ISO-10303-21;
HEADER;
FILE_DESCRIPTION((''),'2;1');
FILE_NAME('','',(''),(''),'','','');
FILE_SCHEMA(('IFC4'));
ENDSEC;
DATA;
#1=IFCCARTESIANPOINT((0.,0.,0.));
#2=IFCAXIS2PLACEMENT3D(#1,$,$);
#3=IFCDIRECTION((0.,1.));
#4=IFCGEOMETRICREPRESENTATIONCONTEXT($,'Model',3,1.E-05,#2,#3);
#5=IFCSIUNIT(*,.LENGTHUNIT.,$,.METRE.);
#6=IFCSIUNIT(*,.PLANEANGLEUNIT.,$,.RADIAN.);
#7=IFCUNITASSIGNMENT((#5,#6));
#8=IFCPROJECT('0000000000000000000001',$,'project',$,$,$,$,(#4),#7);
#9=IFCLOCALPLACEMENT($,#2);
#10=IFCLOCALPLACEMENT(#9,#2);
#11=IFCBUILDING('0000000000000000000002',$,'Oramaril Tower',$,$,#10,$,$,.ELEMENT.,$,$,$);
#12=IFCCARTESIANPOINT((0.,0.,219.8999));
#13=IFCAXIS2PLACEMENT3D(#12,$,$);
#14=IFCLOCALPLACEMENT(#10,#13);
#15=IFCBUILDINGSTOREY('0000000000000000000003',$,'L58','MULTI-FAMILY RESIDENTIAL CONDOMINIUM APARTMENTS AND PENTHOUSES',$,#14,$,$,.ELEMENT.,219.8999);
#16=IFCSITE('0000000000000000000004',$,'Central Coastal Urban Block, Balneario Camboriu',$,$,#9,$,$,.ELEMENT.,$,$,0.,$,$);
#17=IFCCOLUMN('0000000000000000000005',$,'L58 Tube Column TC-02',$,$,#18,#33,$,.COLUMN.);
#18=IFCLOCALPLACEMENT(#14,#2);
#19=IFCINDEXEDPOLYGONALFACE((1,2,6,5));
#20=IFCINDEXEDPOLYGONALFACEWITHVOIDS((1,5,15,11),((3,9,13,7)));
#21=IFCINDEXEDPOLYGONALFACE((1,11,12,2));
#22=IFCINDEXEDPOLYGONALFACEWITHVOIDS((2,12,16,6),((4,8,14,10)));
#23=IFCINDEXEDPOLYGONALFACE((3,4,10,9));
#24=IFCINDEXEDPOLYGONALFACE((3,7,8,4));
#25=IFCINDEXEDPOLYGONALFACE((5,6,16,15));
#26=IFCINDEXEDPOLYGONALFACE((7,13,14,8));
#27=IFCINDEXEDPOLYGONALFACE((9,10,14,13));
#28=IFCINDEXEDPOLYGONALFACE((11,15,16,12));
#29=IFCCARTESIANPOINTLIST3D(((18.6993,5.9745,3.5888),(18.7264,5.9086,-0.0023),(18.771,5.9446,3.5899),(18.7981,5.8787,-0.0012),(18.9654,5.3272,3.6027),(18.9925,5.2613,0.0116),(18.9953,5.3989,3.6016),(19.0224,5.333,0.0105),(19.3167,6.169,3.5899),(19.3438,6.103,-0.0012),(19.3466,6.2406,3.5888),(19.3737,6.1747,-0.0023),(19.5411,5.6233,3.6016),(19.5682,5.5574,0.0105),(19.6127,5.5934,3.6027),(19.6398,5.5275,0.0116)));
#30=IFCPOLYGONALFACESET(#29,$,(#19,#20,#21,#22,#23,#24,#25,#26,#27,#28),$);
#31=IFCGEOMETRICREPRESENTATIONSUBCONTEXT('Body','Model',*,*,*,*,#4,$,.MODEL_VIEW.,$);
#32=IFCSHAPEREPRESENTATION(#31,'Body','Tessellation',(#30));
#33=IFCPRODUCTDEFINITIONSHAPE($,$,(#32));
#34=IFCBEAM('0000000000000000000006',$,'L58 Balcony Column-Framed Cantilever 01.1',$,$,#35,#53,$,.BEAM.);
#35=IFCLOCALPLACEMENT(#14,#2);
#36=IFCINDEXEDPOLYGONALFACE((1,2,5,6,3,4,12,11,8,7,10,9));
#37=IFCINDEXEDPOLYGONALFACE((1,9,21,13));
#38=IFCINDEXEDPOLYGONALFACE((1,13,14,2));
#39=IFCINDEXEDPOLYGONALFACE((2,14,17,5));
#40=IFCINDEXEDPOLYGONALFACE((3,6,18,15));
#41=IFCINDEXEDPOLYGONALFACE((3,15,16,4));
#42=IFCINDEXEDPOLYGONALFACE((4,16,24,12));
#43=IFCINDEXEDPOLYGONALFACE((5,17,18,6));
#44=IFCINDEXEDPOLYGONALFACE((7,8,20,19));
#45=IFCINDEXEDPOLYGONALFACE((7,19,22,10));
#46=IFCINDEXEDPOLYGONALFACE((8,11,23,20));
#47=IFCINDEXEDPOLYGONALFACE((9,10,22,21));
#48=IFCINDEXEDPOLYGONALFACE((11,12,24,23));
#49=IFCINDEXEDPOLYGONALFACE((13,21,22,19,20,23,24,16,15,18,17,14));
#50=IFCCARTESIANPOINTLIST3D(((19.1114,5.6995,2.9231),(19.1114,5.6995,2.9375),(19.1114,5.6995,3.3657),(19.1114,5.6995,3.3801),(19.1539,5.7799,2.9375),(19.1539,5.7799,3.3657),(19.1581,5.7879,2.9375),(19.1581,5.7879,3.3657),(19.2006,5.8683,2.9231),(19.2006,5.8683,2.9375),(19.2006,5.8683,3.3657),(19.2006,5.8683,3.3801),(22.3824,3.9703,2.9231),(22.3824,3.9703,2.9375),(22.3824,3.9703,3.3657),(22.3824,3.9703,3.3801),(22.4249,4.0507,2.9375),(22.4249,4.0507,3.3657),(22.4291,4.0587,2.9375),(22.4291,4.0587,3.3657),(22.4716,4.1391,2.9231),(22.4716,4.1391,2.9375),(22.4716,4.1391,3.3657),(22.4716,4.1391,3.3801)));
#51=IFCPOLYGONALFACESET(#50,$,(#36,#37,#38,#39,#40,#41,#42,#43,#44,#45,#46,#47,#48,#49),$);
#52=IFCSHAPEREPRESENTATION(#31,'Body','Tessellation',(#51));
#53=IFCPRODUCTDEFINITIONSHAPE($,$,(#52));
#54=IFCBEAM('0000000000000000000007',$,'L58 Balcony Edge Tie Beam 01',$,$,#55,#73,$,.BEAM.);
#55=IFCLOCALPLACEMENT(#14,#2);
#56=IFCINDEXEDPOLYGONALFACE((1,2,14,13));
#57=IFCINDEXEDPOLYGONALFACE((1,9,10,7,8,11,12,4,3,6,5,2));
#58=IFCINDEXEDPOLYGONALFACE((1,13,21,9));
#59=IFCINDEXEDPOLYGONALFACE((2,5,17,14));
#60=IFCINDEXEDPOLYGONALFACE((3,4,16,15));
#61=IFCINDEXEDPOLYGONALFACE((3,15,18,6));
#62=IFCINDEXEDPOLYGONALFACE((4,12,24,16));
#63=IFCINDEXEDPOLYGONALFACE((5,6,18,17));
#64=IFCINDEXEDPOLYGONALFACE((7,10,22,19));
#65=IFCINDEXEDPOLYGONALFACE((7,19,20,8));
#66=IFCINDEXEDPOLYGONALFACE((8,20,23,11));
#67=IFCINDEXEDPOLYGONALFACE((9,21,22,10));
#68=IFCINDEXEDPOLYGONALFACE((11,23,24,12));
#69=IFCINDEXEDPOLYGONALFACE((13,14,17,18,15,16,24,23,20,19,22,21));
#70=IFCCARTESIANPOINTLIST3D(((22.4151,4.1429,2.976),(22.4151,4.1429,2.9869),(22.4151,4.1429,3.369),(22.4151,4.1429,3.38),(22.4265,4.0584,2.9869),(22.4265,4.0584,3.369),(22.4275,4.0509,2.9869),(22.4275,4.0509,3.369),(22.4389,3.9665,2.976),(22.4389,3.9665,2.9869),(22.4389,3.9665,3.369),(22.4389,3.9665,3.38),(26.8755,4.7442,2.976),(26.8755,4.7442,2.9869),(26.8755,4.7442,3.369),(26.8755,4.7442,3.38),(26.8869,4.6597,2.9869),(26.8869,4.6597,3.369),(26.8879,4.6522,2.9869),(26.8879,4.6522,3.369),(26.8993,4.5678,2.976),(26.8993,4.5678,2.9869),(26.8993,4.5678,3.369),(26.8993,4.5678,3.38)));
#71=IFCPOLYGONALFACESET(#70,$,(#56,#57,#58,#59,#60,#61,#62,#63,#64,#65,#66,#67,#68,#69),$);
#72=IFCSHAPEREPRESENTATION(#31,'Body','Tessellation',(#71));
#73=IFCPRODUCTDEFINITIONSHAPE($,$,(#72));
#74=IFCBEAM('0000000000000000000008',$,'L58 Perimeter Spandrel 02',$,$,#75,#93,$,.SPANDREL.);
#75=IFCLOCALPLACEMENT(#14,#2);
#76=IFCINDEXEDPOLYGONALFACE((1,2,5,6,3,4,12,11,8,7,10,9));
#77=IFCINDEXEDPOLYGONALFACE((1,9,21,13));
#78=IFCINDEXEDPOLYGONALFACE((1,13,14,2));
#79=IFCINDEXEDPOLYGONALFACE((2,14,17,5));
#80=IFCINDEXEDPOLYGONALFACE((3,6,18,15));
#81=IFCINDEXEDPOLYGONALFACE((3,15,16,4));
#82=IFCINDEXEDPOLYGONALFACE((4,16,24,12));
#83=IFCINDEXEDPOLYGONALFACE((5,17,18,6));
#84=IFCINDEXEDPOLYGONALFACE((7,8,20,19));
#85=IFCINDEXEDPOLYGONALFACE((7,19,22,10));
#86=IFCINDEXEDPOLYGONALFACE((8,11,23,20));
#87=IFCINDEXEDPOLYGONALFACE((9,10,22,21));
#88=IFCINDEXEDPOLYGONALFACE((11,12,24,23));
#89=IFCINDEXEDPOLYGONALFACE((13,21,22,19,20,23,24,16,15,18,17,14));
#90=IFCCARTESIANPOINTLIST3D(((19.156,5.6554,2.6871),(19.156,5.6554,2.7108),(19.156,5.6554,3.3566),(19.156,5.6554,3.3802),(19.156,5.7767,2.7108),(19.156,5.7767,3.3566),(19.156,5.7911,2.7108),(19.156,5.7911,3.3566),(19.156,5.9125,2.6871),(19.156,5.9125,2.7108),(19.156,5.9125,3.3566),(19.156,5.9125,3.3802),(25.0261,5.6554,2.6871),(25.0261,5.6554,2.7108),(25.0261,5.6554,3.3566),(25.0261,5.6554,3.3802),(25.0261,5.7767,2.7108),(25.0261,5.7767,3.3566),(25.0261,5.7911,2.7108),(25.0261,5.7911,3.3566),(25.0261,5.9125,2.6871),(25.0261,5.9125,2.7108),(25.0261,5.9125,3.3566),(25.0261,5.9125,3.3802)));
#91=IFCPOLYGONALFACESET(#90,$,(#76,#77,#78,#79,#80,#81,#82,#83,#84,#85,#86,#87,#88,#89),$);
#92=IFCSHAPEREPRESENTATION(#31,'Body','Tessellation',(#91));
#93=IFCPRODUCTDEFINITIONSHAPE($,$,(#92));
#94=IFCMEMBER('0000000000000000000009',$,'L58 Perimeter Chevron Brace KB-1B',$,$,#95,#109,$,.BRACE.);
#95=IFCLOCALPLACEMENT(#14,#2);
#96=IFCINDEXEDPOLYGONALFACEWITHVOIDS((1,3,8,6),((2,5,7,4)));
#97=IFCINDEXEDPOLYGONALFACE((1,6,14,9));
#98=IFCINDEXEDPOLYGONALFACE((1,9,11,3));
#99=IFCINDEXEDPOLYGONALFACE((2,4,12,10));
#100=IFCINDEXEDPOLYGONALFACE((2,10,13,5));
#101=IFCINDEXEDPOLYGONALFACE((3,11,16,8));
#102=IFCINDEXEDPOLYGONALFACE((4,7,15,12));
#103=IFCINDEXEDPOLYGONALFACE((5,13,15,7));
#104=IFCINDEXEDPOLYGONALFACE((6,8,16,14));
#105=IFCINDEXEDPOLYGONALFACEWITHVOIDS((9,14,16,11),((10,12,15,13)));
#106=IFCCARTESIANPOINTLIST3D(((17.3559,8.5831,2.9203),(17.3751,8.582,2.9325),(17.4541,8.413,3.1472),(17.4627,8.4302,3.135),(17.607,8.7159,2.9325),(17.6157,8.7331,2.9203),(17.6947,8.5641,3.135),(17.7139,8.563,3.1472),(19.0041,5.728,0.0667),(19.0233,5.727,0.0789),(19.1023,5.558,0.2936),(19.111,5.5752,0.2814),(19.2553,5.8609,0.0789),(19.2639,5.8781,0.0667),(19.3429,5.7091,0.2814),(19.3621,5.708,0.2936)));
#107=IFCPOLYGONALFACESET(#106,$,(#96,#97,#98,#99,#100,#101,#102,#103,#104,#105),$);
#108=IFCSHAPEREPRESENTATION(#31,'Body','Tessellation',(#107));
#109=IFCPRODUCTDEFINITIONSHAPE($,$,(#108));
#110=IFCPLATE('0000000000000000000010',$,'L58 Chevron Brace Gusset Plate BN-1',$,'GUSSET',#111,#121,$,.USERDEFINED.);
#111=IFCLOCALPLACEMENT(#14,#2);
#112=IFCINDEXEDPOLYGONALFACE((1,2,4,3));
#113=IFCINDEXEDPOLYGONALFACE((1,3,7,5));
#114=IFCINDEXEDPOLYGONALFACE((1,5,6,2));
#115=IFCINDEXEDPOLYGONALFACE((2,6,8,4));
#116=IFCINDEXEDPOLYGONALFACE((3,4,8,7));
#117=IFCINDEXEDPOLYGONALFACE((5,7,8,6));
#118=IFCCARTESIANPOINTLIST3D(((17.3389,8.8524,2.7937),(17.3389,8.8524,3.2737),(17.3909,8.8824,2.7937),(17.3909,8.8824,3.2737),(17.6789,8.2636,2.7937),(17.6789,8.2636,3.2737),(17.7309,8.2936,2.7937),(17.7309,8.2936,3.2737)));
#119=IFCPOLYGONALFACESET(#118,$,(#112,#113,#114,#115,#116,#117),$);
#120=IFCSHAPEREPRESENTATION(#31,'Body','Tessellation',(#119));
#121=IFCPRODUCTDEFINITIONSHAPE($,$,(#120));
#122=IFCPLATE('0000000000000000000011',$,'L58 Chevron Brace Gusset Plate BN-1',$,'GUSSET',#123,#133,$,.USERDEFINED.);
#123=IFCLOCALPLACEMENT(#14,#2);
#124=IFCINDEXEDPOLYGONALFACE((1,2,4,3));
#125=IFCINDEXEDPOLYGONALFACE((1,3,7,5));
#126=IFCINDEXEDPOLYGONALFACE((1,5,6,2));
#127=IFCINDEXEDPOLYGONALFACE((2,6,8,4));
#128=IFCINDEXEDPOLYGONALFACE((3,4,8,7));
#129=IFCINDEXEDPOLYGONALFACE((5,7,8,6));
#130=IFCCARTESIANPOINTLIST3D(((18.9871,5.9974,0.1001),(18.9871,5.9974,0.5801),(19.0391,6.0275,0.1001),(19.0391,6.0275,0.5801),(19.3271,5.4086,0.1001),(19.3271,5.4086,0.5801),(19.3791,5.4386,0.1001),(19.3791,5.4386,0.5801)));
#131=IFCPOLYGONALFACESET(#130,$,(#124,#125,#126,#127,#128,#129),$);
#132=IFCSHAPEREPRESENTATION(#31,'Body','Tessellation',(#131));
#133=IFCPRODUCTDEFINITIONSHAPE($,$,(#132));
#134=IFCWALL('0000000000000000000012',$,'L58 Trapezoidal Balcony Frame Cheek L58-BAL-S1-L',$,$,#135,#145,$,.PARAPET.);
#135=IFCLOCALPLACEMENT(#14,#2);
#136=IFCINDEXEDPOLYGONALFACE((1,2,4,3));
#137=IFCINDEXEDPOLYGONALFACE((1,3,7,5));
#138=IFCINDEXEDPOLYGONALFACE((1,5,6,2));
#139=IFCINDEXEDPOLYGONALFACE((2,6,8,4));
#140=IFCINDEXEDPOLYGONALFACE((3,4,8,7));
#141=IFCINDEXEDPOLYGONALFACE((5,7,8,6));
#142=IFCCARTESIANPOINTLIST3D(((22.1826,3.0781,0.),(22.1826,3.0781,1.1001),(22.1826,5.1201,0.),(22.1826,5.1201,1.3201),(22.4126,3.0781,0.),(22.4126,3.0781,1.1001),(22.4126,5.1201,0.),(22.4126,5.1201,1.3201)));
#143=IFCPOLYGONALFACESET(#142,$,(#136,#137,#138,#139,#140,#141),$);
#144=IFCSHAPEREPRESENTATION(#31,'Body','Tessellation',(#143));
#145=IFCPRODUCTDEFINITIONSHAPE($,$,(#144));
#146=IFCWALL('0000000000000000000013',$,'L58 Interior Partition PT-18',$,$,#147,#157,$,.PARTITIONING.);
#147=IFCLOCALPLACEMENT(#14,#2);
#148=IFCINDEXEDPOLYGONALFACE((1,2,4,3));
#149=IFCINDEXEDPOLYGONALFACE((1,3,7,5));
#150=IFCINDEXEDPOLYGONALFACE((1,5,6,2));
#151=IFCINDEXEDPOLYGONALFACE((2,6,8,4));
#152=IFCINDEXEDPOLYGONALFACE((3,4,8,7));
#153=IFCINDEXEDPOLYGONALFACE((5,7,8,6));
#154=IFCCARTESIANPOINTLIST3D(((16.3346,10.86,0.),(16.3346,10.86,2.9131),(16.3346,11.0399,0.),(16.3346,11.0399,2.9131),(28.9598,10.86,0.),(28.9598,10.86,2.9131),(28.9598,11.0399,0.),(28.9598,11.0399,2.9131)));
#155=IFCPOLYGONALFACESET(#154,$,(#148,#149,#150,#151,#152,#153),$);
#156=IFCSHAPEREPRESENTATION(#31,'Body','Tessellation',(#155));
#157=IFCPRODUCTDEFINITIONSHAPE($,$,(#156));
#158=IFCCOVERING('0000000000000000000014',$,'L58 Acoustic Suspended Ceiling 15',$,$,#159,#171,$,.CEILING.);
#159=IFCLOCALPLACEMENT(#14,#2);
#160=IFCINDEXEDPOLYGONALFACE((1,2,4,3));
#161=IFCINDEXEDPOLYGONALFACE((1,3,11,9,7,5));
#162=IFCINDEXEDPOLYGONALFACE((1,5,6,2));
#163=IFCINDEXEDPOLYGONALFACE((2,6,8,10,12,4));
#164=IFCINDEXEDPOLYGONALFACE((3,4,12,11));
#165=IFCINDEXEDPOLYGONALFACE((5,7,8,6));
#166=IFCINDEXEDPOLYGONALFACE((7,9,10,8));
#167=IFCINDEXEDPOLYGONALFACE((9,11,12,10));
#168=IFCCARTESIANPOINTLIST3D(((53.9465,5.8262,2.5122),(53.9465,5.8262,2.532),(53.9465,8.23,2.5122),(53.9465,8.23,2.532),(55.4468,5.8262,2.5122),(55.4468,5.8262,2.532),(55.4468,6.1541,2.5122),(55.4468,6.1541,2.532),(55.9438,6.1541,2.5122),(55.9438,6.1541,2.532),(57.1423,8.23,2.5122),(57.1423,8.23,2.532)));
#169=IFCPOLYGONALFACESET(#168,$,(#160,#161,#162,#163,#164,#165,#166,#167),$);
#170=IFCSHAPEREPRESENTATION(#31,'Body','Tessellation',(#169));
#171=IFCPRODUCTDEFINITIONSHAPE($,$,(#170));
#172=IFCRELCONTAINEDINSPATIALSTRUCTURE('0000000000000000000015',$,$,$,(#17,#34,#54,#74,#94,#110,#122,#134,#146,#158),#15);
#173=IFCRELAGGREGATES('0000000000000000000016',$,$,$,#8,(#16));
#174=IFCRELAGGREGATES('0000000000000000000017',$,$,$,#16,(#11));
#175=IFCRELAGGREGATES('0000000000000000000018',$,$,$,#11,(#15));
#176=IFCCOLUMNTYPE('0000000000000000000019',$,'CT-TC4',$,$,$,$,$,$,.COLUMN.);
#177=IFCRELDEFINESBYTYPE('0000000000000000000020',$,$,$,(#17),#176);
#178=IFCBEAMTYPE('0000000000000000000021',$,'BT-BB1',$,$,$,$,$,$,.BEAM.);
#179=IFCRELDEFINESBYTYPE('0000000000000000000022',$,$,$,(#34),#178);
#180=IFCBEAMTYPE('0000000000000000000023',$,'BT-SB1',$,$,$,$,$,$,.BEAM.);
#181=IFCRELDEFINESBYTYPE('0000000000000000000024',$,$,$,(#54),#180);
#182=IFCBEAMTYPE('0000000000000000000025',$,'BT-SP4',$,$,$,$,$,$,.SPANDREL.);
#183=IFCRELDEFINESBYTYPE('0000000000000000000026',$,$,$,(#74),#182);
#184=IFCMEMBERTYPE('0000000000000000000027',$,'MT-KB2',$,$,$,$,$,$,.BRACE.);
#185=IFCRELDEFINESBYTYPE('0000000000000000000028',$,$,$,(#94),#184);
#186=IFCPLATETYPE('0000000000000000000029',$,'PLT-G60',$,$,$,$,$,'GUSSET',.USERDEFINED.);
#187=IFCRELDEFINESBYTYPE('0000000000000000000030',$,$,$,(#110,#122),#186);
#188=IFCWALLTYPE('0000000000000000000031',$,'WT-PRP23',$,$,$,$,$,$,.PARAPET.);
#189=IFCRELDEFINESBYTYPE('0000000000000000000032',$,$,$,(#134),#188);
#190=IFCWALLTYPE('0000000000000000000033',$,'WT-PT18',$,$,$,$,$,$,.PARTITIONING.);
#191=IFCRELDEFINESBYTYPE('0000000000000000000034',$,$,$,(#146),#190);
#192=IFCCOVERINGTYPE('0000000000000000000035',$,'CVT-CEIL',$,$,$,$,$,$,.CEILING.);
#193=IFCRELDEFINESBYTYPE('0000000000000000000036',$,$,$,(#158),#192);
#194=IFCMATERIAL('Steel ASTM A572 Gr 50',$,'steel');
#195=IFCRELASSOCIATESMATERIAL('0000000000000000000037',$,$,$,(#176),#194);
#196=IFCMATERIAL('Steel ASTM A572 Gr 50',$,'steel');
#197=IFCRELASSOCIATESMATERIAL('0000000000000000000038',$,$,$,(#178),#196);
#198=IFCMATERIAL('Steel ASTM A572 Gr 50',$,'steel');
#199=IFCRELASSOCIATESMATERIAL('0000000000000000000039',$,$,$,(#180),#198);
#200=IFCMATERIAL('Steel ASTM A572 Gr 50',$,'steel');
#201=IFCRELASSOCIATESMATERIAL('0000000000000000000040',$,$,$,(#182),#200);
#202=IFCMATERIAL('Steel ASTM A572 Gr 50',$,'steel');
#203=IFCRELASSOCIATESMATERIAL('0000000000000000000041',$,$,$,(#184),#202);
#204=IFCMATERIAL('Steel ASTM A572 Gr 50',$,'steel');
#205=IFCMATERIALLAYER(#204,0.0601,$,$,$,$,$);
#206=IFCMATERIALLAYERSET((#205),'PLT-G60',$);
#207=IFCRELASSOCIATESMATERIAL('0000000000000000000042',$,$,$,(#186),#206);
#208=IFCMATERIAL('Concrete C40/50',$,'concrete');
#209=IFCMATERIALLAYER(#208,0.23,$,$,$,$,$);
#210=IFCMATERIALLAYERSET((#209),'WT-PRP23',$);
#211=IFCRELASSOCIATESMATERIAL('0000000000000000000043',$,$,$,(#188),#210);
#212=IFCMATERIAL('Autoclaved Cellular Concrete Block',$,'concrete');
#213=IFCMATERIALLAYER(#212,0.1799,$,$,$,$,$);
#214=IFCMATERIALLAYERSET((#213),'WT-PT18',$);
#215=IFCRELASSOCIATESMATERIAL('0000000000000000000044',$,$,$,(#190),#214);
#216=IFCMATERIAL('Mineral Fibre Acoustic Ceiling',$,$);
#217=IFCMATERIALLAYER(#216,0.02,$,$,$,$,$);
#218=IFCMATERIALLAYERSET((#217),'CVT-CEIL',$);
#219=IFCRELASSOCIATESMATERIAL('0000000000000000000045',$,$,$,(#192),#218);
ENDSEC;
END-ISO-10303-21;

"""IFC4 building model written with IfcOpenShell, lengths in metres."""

from ifc_helpers import new_model, si_unit, direction, frame, frame_2d, origin, origin_2d, place, context, subcontext, project, spatial, polyline, rectangle, hollow_rectangle, i_section, outline, extrude, material, layer, layer_set, material_profile, profile_set, type_object, element, save


model = new_model("IFC4")

# Units and contexts
model_context = context("Model", 3, precision=1e-05, world=origin(), true_north=direction((0.0, 1.0)))
body_context = subcontext(model_context, "Body", "Model", "MODEL_VIEW")
ifc_project = project(units=[si_unit("LENGTHUNIT", "METRE"), si_unit("PLANEANGLEUNIT", "RADIAN")], contexts=[model_context])

# Site, building, storey
site_placement = place(None, origin())
site = spatial("IfcSite", under=ifc_project, at=site_placement, Name="Central Coastal Urban Block, Balneario Camboriu", CompositionType="ELEMENT", RefElevation=0.0)
building_placement = place(site_placement, origin())
building = spatial("IfcBuilding", under=site, at=building_placement, Name="Oramaril Tower", CompositionType="ELEMENT")
storey_placement = place(building_placement, frame((0.0, 0.0, 219.8999)))
storey = spatial("IfcBuildingStorey", under=building, at=storey_placement, Name="L58", Description="MULTI-FAMILY RESIDENTIAL CONDOMINIUM APARTMENTS AND PENTHOUSES", CompositionType="ELEMENT", Elevation=219.8999)

# Column
ifc_material_1 = material(Name="Steel ASTM A572 Gr 50", Category="steel")
ifc_material_profile_1 = material_profile(ifc_material_1, hollow_rectangle(XDim=0.7, YDim=0.7, WallThickness=0.0549, at=origin_2d()), Name="BOX700X700X55")
ifc_profile_set_1 = profile_set([ifc_material_profile_1], Name="Steel ASTM A572 Gr 50")
column_type = type_object("IfcColumnType", Name="CT-TC4", PredefinedType="COLUMN", material=ifc_profile_set_1)
column_placement = place(storey_placement, frame((19.1831, 5.718, 0.0046), z_axis=(-0.007545, 0.018352, 0.999803), x_axis=(-0.924891, -0.380233, 0.0)))
element("IfcColumn", 1, at=column_placement, inside=storey, type_object=column_type, Name="L58 Tube Column TC-02", PredefinedType="COLUMN", context=body_context, shape_type="SweptSolid", body=[
    extrude(hollow_rectangle(XDim=0.7, YDim=0.7, WallThickness=0.0549, at=origin_2d()), origin(), (0.0, 0.0, 1.0), 3.5918),
])

# Beams
ifc_material_2 = material(Name="Steel ASTM A572 Gr 50", Category="steel")
ifc_material_profile_2 = material_profile(ifc_material_2, i_section(OverallWidth=0.1909, OverallDepth=0.457, WebThickness=0.009, FlangeThickness=0.0144, at=origin_2d()), Name="W18X50")
ifc_profile_set_2 = profile_set([ifc_material_profile_2], Name="Steel ASTM A572 Gr 50")
beam_type_1 = type_object("IfcBeamType", Name="BT-BB1", PredefinedType="BEAM", material=ifc_profile_set_2)
beam_1_placement = place(storey_placement, frame((19.156, 5.7839, 3.1516), z_axis=(0.884062, -0.467369, 0.0), x_axis=(0.467369, 0.884062, 0.0)))
element("IfcBeam", 2, at=beam_1_placement, inside=storey, type_object=beam_type_1, Name="L58 Balcony Column-Framed Cantilever 01.1", PredefinedType="BEAM", context=body_context, shape_type="SweptSolid", body=[
    extrude(i_section(OverallWidth=0.1909, OverallDepth=0.457, WebThickness=0.009, FlangeThickness=0.0144, at=origin_2d()), origin(), (0.0, 0.0, 1.0), 3.7),
])
ifc_material_3 = material(Name="Steel ASTM A572 Gr 50", Category="steel")
ifc_material_profile_3 = material_profile(ifc_material_3, i_section(OverallWidth=0.178, OverallDepth=0.4041, WebThickness=0.0076, FlangeThickness=0.011, at=origin_2d()), Name="W16X36")
ifc_profile_set_3 = profile_set([ifc_material_profile_3], Name="Steel ASTM A572 Gr 50")
beam_type_2 = type_object("IfcBeamType", Name="BT-SB1", PredefinedType="BEAM", material=ifc_profile_set_3)
beam_2_placement = place(storey_placement, frame((22.427, 4.0547, 3.178), z_axis=(0.991035, 0.133603, 0.0), x_axis=(-0.133603, 0.991035, 0.0)))
element("IfcBeam", 3, at=beam_2_placement, inside=storey, type_object=beam_type_2, Name="L58 Balcony Edge Tie Beam 01", PredefinedType="BEAM", context=body_context, shape_type="SweptSolid", body=[
    extrude(i_section(OverallWidth=0.178, OverallDepth=0.4041, WebThickness=0.0076, FlangeThickness=0.011, at=origin_2d()), origin(), (0.0, 0.0, 1.0), 4.5007),
])
ifc_material_4 = material(Name="Steel ASTM A572 Gr 50", Category="steel")
ifc_material_profile_4 = material_profile(ifc_material_4, i_section(OverallWidth=0.2571, OverallDepth=0.6931, WebThickness=0.0144, FlangeThickness=0.0237, at=origin_2d()), Name="W27X114")
ifc_profile_set_4 = profile_set([ifc_material_profile_4], Name="Steel ASTM A572 Gr 50")
beam_type_3 = type_object("IfcBeamType", Name="BT-SP4", PredefinedType="SPANDREL", material=ifc_profile_set_4)
beam_3_placement = place(storey_placement, frame((19.156, 5.7839, 3.0337), z_axis=(1.0, 0.0, 0.0), x_axis=(0.0, 1.0, 0.0)))
element("IfcBeam", 4, at=beam_3_placement, inside=storey, type_object=beam_type_3, Name="L58 Perimeter Spandrel 02", PredefinedType="SPANDREL", context=body_context, shape_type="SweptSolid", body=[
    extrude(i_section(OverallWidth=0.2571, OverallDepth=0.6931, WebThickness=0.0144, FlangeThickness=0.0237, at=origin_2d()), origin(), (0.0, 0.0, 1.0), 5.8701),
])

# Member
ifc_material_5 = material(Name="Steel ASTM A572 Gr 50", Category="steel")
ifc_material_profile_5 = material_profile(ifc_material_5, hollow_rectangle(XDim=0.3, YDim=0.3, WallThickness=0.0161, at=origin_2d()), Name="HSS300X300X16")
ifc_profile_set_5 = profile_set([ifc_material_profile_5], Name="Steel ASTM A572 Gr 50")
member_type = type_object("IfcMemberType", Name="MT-KB2", PredefinedType="BRACE", material=ifc_profile_set_5)
member_placement = place(storey_placement, frame((19.1831, 5.718, 0.1802), z_axis=(-0.378022, 0.654805, 0.654469), x_axis=(-0.866043, -0.49997, 0.0)))
element("IfcMember", 5, at=member_placement, inside=storey, type_object=member_type, Name="L58 Perimeter Chevron Brace KB-1B", PredefinedType="BRACE", context=body_context, shape_type="SweptSolid", body=[
    extrude(hollow_rectangle(XDim=0.3, YDim=0.3, WallThickness=0.0161, at=origin_2d()), origin(), (0.0, 0.0, 1.0), 4.3601),
])

# Plates
ifc_material_6 = material(Name="Steel ASTM A572 Gr 50", Category="steel")
ifc_layer_1 = layer(ifc_material_6, 0.0601)
ifc_layer_set_1 = layer_set([ifc_layer_1], Name="PLT-G60")
plate_type = type_object("IfcPlateType", Name="PLT-G60", ElementType="GUSSET", PredefinedType="USERDEFINED", material=ifc_layer_set_1)
for number, where, z_axis, x_axis, name in (
    (6, (17.5349, 8.573, 2.7937), (0.0, 0.0, 1.0), (0.499992, -0.86603, 0.0), "L58 Chevron Brace Gusset Plate BN-1"),
    (7, (19.1831, 5.718, 0.1001), (0.0, 0.0, 1.0), (0.499992, -0.86603, 0.0), "L58 Chevron Brace Gusset Plate BN-1"),
):
    element("IfcPlate", number, at=place(storey_placement, frame(where, z_axis=z_axis, x_axis=x_axis)), inside=storey, type_object=plate_type, Name=name, ObjectType="GUSSET", PredefinedType="USERDEFINED", context=body_context, shape_type="SweptSolid", body=[
        extrude(rectangle(XDim=0.6799, YDim=0.0601, at=origin_2d()), origin(), (0.0, 0.0, 1.0), 0.48),
    ])

# Walls
ifc_material_7 = material(Name="Concrete C40/50", Category="concrete")
ifc_layer_2 = layer(ifc_material_7, 0.23)
ifc_layer_set_2 = layer_set([ifc_layer_2], Name="WT-PRP23")
wall_type_1 = type_object("IfcWallType", Name="WT-PRP23", PredefinedType="PARAPET", material=ifc_layer_set_2)
wall_1_placement = place(storey_placement, frame((22.2976, 5.1201, 0.0), z_axis=(0.0, 0.0, 1.0), x_axis=(0.0, -1.0, 0.0)))
element("IfcWall", 8, at=wall_1_placement, inside=storey, type_object=wall_type_1, Name="L58 Trapezoidal Balcony Frame Cheek L58-BAL-S1-L", PredefinedType="PARAPET", context=body_context, shape_type="SweptSolid", body=[
    extrude(outline(polyline([(0.0, 0.0), (2.042, 0.0), (2.042, 1.1001), (0.0, 1.3201), (0.0, 0.0)])), frame((0.0, 0.115, 0.0), z_axis=(0.0, -1.0, 0.0), x_axis=(1.0, 0.0, 0.0)), (0.0, 0.0, 1.0), 0.23),
])
ifc_material_8 = material(Name="Autoclaved Cellular Concrete Block", Category="concrete")
ifc_layer_3 = layer(ifc_material_8, 0.1799)
ifc_layer_set_3 = layer_set([ifc_layer_3], Name="WT-PT18")
wall_type_2 = type_object("IfcWallType", Name="WT-PT18", PredefinedType="PARTITIONING", material=ifc_layer_set_3)
wall_2_placement = place(storey_placement, frame((16.3347, 10.95, 0.0), z_axis=(0.0, 0.0, 1.0), x_axis=(1.0, 0.0, 0.0)))
element("IfcWall", 9, at=wall_2_placement, inside=storey, type_object=wall_type_2, Name="L58 Interior Partition PT-18", PredefinedType="PARTITIONING", context=body_context, shape_type="SweptSolid", body=[
    extrude(rectangle(XDim=12.6252, YDim=0.1799, at=frame_2d((6.3125, 0.0))), origin(), (0.0, 0.0, 1.0), 2.9131),
])

# Covering
ifc_material_9 = material(Name="Mineral Fibre Acoustic Ceiling")
ifc_layer_4 = layer(ifc_material_9, 0.02)
ifc_layer_set_4 = layer_set([ifc_layer_4], Name="CVT-CEIL")
covering_type_1 = type_object("IfcCoveringType", Name="CVT-CEIL", PredefinedType="CEILING", material=ifc_layer_set_4)
covering_1_placement = place(storey_placement, frame((0.0, 0.0, 2.5122)))
element("IfcCovering", 10, at=covering_1_placement, inside=storey, type_object=covering_type_1, Name="L58 Acoustic Suspended Ceiling 15", PredefinedType="CEILING", context=body_context, shape_type="SweptSolid", body=[
    extrude(outline(polyline([(55.9438, 6.1541), (55.4468, 6.1541), (55.4468, 5.8262), (53.9465, 5.8262), (53.9465, 8.23), (57.1423, 8.23), (55.9438, 6.1541)])), origin(), (0.0, 0.0, 1.0), 0.0198),
])

save(model, "model.ifc")
